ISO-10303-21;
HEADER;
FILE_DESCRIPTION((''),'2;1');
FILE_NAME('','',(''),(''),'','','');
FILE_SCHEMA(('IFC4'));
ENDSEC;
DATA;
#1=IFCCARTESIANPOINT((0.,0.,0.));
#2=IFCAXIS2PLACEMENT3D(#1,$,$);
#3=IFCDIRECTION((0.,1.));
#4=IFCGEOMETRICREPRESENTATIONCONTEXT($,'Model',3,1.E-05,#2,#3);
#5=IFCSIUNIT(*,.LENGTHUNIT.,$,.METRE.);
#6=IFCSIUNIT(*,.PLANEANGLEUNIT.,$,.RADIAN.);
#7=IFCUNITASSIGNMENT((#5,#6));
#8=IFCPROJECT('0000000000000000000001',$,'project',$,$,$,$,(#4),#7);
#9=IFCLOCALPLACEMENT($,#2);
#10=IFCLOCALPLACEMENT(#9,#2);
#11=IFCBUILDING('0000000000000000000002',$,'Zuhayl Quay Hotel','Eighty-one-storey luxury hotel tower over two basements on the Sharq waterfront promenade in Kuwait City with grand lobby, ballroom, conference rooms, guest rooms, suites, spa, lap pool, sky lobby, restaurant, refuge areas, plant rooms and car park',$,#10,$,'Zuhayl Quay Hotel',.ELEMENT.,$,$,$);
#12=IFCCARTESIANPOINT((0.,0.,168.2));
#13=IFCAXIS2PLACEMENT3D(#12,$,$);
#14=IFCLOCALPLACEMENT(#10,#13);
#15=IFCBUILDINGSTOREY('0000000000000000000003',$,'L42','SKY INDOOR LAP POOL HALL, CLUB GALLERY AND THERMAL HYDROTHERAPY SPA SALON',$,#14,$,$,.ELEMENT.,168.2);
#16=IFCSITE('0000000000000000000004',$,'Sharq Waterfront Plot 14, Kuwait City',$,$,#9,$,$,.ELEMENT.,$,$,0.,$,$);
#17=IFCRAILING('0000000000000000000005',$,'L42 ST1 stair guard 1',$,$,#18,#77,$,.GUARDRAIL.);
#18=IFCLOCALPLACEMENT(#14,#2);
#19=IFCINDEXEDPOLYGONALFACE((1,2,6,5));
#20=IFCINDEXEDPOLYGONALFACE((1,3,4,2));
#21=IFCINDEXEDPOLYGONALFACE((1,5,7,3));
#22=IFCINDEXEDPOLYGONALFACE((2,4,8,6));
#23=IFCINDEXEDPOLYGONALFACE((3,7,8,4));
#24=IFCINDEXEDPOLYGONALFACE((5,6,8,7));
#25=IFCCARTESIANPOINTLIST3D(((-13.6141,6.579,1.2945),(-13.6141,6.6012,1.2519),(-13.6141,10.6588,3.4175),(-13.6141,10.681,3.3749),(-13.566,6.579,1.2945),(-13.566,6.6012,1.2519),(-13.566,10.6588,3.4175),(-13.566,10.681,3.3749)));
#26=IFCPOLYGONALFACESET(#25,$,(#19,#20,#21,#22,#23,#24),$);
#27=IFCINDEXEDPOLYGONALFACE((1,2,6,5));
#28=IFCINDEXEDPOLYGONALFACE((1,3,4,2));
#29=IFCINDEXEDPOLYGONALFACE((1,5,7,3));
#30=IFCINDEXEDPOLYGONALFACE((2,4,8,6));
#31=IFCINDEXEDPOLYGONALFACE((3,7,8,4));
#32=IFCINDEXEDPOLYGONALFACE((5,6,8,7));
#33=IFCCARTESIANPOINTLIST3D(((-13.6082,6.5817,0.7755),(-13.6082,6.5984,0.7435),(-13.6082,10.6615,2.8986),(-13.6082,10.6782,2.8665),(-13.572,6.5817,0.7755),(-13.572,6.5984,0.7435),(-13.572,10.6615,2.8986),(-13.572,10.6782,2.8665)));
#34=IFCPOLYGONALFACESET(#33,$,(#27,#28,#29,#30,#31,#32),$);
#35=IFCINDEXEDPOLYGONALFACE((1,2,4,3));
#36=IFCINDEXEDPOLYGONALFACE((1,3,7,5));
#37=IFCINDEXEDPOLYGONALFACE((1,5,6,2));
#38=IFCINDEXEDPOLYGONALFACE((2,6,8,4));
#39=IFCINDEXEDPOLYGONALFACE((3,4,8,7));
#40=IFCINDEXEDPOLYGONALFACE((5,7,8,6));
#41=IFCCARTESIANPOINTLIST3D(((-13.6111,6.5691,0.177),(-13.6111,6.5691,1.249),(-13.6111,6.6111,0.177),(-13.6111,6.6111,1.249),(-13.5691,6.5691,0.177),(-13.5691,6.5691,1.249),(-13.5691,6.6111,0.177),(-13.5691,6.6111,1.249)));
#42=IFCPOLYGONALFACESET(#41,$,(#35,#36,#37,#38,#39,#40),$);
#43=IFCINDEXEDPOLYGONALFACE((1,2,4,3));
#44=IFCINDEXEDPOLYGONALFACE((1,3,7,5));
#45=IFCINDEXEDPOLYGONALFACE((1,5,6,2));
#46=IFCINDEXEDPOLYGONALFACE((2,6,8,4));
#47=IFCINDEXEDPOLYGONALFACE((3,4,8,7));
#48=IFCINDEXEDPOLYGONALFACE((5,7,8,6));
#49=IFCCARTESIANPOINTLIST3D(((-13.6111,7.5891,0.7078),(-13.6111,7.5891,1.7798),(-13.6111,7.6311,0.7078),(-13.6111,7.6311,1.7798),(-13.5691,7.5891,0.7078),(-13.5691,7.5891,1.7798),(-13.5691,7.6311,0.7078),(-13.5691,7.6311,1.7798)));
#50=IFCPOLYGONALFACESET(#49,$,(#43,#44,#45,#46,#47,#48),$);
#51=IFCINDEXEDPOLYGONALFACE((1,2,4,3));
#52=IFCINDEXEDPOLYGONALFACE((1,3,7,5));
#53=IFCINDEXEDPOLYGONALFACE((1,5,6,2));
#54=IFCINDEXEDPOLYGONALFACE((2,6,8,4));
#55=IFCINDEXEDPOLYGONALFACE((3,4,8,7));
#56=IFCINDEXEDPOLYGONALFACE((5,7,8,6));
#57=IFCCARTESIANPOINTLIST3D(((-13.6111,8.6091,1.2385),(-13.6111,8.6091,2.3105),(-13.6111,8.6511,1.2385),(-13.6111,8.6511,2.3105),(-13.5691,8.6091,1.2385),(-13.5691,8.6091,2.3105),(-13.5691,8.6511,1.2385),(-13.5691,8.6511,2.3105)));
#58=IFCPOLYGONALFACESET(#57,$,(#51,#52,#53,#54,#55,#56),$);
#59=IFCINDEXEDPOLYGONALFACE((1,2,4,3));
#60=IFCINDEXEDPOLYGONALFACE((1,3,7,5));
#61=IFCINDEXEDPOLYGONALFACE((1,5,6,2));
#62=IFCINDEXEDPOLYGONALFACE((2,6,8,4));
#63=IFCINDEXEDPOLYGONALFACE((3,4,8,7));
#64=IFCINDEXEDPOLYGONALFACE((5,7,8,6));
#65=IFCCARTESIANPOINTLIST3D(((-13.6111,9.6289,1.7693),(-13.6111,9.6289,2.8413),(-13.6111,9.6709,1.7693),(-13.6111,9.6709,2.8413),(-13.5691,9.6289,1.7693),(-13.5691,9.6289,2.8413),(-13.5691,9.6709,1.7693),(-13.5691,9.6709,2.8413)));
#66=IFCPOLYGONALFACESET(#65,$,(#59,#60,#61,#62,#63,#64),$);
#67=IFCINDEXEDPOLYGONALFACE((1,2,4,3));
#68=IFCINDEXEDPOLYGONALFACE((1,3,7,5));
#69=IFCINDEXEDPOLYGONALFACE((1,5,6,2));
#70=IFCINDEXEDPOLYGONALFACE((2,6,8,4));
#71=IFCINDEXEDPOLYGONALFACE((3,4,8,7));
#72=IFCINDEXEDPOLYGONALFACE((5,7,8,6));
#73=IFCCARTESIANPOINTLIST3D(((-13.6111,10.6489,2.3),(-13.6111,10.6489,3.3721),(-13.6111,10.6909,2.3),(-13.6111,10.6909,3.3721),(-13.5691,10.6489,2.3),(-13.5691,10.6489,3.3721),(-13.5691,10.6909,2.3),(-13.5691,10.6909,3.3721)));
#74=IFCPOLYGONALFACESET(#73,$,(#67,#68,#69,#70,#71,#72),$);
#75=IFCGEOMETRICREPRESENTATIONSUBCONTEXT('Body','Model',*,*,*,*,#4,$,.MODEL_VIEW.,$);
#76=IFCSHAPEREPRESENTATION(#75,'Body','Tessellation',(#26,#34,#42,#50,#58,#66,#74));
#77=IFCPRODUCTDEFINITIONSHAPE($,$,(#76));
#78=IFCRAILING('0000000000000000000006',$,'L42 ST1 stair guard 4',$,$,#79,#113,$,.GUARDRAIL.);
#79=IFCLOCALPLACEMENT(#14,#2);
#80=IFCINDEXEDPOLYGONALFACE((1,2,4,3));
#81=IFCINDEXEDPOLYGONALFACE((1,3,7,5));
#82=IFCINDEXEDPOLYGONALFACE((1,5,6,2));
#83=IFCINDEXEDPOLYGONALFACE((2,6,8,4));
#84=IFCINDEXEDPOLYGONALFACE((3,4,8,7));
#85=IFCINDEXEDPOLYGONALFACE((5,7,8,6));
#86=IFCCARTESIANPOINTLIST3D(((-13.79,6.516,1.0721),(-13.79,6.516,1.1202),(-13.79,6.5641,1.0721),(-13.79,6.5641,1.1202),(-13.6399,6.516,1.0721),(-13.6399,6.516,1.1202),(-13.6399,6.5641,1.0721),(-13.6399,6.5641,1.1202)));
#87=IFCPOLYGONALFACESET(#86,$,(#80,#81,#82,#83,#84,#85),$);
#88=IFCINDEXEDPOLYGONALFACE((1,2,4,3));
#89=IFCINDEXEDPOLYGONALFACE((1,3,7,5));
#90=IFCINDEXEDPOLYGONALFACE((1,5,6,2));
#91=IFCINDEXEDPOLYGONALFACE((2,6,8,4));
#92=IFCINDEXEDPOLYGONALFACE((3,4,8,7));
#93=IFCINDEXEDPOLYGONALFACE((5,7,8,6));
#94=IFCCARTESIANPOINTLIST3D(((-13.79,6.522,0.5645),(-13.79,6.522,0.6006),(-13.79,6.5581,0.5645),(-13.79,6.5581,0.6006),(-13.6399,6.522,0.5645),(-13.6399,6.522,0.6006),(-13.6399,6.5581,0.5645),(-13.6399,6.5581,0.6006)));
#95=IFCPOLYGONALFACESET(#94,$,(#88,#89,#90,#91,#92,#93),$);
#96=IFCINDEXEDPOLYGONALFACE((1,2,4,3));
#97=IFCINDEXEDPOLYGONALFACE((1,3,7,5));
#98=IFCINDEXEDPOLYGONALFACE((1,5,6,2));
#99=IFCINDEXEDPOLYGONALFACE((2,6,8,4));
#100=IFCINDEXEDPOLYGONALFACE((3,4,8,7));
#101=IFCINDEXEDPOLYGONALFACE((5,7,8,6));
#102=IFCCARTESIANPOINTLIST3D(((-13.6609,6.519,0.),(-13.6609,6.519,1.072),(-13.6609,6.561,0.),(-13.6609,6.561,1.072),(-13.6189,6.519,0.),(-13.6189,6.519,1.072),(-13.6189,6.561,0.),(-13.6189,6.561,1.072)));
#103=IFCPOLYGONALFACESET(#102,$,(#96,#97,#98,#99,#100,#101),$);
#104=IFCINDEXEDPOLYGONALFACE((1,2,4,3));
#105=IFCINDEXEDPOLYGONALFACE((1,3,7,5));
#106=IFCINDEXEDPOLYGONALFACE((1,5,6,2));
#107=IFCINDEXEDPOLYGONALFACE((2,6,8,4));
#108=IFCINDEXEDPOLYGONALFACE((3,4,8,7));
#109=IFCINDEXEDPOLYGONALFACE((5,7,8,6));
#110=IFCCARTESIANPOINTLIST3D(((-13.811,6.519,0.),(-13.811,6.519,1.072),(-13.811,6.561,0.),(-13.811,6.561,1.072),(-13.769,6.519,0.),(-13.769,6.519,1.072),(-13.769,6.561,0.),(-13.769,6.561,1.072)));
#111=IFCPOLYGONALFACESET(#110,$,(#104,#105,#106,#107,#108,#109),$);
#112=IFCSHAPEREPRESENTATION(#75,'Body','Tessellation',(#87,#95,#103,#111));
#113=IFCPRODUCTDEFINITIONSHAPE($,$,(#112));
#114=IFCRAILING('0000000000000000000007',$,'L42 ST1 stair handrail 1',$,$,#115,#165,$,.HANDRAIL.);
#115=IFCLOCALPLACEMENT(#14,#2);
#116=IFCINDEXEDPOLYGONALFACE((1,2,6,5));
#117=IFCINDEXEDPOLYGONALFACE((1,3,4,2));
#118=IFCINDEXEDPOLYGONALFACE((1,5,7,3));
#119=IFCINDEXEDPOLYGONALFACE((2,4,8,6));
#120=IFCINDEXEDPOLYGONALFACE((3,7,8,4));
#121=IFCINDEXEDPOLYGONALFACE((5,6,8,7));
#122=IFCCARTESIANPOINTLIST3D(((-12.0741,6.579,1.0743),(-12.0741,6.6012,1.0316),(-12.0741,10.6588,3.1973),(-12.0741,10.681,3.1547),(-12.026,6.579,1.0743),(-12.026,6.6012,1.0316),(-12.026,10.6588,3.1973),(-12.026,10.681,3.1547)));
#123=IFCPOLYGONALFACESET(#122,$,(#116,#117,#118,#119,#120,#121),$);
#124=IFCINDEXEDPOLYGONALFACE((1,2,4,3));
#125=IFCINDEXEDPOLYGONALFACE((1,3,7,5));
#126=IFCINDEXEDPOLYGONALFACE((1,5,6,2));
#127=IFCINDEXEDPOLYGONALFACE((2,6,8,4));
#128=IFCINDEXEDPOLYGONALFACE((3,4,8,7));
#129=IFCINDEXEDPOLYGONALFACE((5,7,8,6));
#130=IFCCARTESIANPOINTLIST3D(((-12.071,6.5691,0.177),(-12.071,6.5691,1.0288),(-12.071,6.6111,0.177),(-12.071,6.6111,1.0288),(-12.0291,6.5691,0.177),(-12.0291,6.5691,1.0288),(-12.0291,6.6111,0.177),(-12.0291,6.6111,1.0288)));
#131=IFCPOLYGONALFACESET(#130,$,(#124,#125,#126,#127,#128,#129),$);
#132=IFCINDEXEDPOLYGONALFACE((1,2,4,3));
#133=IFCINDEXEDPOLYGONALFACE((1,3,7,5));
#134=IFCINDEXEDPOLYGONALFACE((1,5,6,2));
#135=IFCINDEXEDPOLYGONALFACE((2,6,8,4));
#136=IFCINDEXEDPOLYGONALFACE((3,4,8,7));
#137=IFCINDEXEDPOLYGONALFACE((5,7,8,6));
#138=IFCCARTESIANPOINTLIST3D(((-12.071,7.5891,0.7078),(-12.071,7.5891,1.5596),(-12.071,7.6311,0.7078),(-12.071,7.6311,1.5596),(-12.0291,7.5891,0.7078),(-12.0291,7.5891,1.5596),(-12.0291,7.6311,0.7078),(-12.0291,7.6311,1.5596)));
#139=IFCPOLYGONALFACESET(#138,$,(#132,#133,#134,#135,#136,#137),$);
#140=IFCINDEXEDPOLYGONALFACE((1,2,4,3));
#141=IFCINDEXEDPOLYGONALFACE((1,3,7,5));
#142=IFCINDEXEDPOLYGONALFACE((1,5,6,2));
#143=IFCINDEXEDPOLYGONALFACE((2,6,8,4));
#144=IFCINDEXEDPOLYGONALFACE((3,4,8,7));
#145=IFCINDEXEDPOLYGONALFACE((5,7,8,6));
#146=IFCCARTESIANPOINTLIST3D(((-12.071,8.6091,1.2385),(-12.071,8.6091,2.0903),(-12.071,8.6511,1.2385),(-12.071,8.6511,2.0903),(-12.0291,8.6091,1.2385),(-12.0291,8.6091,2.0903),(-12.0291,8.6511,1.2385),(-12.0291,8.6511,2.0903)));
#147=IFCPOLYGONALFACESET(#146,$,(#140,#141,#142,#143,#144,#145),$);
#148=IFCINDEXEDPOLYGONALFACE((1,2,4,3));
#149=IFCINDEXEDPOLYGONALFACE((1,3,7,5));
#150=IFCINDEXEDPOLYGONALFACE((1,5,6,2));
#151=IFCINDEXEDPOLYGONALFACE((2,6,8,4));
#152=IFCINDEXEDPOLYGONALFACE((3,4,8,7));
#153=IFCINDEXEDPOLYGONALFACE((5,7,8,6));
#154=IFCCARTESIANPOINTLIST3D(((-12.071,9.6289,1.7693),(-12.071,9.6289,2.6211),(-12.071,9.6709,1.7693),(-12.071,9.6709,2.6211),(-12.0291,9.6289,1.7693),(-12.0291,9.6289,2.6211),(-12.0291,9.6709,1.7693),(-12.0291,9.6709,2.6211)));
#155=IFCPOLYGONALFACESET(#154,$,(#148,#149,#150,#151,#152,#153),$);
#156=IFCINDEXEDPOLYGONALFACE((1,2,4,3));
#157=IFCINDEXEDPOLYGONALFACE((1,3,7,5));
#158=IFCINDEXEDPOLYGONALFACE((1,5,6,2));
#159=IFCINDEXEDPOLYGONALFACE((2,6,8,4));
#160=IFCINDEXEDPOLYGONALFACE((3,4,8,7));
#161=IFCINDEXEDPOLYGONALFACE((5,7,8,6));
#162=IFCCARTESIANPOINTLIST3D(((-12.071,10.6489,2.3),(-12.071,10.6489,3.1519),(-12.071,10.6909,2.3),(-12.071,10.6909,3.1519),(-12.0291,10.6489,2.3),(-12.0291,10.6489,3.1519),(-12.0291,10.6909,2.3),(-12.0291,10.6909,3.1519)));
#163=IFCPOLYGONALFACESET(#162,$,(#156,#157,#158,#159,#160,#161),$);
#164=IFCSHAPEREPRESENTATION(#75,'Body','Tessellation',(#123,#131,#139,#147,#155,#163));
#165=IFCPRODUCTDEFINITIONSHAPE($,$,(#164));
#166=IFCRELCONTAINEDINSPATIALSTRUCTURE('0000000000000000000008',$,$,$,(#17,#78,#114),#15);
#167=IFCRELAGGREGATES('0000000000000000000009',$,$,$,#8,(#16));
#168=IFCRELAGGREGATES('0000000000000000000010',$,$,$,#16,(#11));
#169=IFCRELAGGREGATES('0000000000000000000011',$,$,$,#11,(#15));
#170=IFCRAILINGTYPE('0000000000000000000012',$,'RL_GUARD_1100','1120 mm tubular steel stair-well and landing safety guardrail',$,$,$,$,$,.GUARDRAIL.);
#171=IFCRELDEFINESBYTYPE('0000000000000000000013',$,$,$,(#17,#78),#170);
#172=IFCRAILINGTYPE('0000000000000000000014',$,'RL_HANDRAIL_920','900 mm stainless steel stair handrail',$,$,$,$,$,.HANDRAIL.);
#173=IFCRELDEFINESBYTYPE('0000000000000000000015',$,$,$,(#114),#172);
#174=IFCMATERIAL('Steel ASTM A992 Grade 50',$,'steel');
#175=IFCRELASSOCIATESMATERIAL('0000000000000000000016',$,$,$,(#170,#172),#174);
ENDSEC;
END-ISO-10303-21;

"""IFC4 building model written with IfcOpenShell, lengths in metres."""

from ifc_helpers import new_model, si_unit, direction, frame, origin, origin_2d, place, context, subcontext, project, spatial, rectangle, extrude, material, type_object, element, save


model = new_model("IFC4")

# Units and contexts
model_context = context("Model", 3, precision=1e-05, world=origin(), true_north=direction((0.0, 1.0)))
body_context = subcontext(model_context, "Body", "Model", "MODEL_VIEW")
ifc_project = project(units=[si_unit("LENGTHUNIT", "METRE"), si_unit("PLANEANGLEUNIT", "RADIAN")], contexts=[model_context])

# Site, building, storey
site_placement = place(None, origin())
site = spatial("IfcSite", under=ifc_project, at=site_placement, Name="Sharq Waterfront Plot 14, Kuwait City", CompositionType="ELEMENT", RefElevation=0.0)
building_placement = place(site_placement, origin())
building = spatial("IfcBuilding", under=site, at=building_placement, Name="Zuhayl Quay Hotel", Description="Eighty-one-storey luxury hotel tower over two basements on the Sharq waterfront promenade in Kuwait City with grand lobby, ballroom, conference rooms, guest rooms, suites, spa, lap pool, sky lobby, restaurant, refuge areas, plant rooms and car park", LongName="Zuhayl Quay Hotel", CompositionType="ELEMENT")
storey_placement = place(building_placement, frame((0.0, 0.0, 168.2)))
storey = spatial("IfcBuildingStorey", under=building, at=storey_placement, Name="L42", Description="SKY INDOOR LAP POOL HALL, CLUB GALLERY AND THERMAL HYDROTHERAPY SPA SALON", CompositionType="ELEMENT", Elevation=168.2)

# Shared definitions
ifc_material_1 = material(Name="Steel ASTM A992 Grade 50", Category="steel")

# Railings
railing_type_1 = type_object("IfcRailingType", Name="RL_GUARD_1100", Description="1120 mm tubular steel stair-well and landing safety guardrail", PredefinedType="GUARDRAIL", material=ifc_material_1)
railing_1_placement = place(storey_placement, frame((-13.5901, 6.5901, 0.177)))
element("IfcRailing", 1, at=railing_1_placement, inside=storey, type_object=railing_type_1, Name="L42 ST1 stair guard 1", PredefinedType="GUARDRAIL", context=body_context, shape_type="SweptSolid", body=[
    extrude(rectangle(XDim=0.0481, YDim=0.0481, at=origin_2d()), frame((0.0, 0.0, 1.0962), z_axis=(0.0, 0.88708, 0.461615), x_axis=(-1.0, 0.0, 0.0)), (0.0, 0.0, 1.0), 4.5991),
    extrude(rectangle(XDim=0.0361, YDim=0.0361, at=origin_2d()), frame((0.0, 0.0, 0.5825), z_axis=(0.0, 0.88708, 0.461615), x_axis=(-1.0, 0.0, 0.0)), (0.0, 0.0, 1.0), 4.5991),
    extrude(rectangle(XDim=0.042, YDim=0.042, at=origin_2d()), origin(), (0.0, 0.0, 1.0), 1.072),
    extrude(rectangle(XDim=0.042, YDim=0.042, at=origin_2d()), frame((0.0, 1.02, 0.5308)), (0.0, 0.0, 1.0), 1.072),
    extrude(rectangle(XDim=0.042, YDim=0.042, at=origin_2d()), frame((0.0, 2.04, 1.0615)), (0.0, 0.0, 1.0), 1.072),
    extrude(rectangle(XDim=0.042, YDim=0.042, at=origin_2d()), frame((0.0, 3.0598, 1.5923)), (0.0, 0.0, 1.0), 1.072),
    extrude(rectangle(XDim=0.042, YDim=0.042, at=origin_2d()), frame((0.0, 4.0798, 2.123)), (0.0, 0.0, 1.0), 1.072),
])
railing_2_placement = place(storey_placement, frame((-13.6399, 6.54, 0.0)))
element("IfcRailing", 2, at=railing_2_placement, inside=storey, type_object=railing_type_1, Name="L42 ST1 stair guard 4", PredefinedType="GUARDRAIL", context=body_context, shape_type="SweptSolid", body=[
    extrude(rectangle(XDim=0.0481, YDim=0.0481, at=origin_2d()), frame((0.0, 0.0, 1.0962), z_axis=(-1.0, 0.0, 0.0), x_axis=(0.0, -1.0, 0.0)), (0.0, 0.0, 1.0), 0.1501),
    extrude(rectangle(XDim=0.0361, YDim=0.0361, at=origin_2d()), frame((0.0, 0.0, 0.5825), z_axis=(-1.0, 0.0, 0.0), x_axis=(0.0, -1.0, 0.0)), (0.0, 0.0, 1.0), 0.1501),
    extrude(rectangle(XDim=0.042, YDim=0.042, at=origin_2d()), origin(), (0.0, 0.0, 1.0), 1.072),
    extrude(rectangle(XDim=0.042, YDim=0.042, at=origin_2d()), frame((-0.1501, 0.0, 0.0)), (0.0, 0.0, 1.0), 1.072),
])
railing_type_2 = type_object("IfcRailingType", Name="RL_HANDRAIL_920", Description="900 mm stainless steel stair handrail", PredefinedType="HANDRAIL", material=ifc_material_1)
railing_3_placement = place(storey_placement, frame((-12.05, 6.5901, 0.177)))
element("IfcRailing", 3, at=railing_3_placement, inside=storey, type_object=railing_type_2, Name="L42 ST1 stair handrail 1", PredefinedType="HANDRAIL", context=body_context, shape_type="SweptSolid", body=[
    extrude(rectangle(XDim=0.0481, YDim=0.0481, at=origin_2d()), frame((0.0, 0.0, 0.876), z_axis=(0.0, 0.88708, 0.461615), x_axis=(-1.0, 0.0, 0.0)), (0.0, 0.0, 1.0), 4.5991),
    extrude(rectangle(XDim=0.042, YDim=0.042, at=origin_2d()), origin(), (0.0, 0.0, 1.0), 0.8518),
    extrude(rectangle(XDim=0.042, YDim=0.042, at=origin_2d()), frame((0.0, 1.02, 0.5308)), (0.0, 0.0, 1.0), 0.8518),
    extrude(rectangle(XDim=0.042, YDim=0.042, at=origin_2d()), frame((0.0, 2.04, 1.0615)), (0.0, 0.0, 1.0), 0.8518),
    extrude(rectangle(XDim=0.042, YDim=0.042, at=origin_2d()), frame((0.0, 3.0598, 1.5923)), (0.0, 0.0, 1.0), 0.8518),
    extrude(rectangle(XDim=0.042, YDim=0.042, at=origin_2d()), frame((0.0, 4.0798, 2.123)), (0.0, 0.0, 1.0), 0.8518),
])

save(model, "model.ifc")
